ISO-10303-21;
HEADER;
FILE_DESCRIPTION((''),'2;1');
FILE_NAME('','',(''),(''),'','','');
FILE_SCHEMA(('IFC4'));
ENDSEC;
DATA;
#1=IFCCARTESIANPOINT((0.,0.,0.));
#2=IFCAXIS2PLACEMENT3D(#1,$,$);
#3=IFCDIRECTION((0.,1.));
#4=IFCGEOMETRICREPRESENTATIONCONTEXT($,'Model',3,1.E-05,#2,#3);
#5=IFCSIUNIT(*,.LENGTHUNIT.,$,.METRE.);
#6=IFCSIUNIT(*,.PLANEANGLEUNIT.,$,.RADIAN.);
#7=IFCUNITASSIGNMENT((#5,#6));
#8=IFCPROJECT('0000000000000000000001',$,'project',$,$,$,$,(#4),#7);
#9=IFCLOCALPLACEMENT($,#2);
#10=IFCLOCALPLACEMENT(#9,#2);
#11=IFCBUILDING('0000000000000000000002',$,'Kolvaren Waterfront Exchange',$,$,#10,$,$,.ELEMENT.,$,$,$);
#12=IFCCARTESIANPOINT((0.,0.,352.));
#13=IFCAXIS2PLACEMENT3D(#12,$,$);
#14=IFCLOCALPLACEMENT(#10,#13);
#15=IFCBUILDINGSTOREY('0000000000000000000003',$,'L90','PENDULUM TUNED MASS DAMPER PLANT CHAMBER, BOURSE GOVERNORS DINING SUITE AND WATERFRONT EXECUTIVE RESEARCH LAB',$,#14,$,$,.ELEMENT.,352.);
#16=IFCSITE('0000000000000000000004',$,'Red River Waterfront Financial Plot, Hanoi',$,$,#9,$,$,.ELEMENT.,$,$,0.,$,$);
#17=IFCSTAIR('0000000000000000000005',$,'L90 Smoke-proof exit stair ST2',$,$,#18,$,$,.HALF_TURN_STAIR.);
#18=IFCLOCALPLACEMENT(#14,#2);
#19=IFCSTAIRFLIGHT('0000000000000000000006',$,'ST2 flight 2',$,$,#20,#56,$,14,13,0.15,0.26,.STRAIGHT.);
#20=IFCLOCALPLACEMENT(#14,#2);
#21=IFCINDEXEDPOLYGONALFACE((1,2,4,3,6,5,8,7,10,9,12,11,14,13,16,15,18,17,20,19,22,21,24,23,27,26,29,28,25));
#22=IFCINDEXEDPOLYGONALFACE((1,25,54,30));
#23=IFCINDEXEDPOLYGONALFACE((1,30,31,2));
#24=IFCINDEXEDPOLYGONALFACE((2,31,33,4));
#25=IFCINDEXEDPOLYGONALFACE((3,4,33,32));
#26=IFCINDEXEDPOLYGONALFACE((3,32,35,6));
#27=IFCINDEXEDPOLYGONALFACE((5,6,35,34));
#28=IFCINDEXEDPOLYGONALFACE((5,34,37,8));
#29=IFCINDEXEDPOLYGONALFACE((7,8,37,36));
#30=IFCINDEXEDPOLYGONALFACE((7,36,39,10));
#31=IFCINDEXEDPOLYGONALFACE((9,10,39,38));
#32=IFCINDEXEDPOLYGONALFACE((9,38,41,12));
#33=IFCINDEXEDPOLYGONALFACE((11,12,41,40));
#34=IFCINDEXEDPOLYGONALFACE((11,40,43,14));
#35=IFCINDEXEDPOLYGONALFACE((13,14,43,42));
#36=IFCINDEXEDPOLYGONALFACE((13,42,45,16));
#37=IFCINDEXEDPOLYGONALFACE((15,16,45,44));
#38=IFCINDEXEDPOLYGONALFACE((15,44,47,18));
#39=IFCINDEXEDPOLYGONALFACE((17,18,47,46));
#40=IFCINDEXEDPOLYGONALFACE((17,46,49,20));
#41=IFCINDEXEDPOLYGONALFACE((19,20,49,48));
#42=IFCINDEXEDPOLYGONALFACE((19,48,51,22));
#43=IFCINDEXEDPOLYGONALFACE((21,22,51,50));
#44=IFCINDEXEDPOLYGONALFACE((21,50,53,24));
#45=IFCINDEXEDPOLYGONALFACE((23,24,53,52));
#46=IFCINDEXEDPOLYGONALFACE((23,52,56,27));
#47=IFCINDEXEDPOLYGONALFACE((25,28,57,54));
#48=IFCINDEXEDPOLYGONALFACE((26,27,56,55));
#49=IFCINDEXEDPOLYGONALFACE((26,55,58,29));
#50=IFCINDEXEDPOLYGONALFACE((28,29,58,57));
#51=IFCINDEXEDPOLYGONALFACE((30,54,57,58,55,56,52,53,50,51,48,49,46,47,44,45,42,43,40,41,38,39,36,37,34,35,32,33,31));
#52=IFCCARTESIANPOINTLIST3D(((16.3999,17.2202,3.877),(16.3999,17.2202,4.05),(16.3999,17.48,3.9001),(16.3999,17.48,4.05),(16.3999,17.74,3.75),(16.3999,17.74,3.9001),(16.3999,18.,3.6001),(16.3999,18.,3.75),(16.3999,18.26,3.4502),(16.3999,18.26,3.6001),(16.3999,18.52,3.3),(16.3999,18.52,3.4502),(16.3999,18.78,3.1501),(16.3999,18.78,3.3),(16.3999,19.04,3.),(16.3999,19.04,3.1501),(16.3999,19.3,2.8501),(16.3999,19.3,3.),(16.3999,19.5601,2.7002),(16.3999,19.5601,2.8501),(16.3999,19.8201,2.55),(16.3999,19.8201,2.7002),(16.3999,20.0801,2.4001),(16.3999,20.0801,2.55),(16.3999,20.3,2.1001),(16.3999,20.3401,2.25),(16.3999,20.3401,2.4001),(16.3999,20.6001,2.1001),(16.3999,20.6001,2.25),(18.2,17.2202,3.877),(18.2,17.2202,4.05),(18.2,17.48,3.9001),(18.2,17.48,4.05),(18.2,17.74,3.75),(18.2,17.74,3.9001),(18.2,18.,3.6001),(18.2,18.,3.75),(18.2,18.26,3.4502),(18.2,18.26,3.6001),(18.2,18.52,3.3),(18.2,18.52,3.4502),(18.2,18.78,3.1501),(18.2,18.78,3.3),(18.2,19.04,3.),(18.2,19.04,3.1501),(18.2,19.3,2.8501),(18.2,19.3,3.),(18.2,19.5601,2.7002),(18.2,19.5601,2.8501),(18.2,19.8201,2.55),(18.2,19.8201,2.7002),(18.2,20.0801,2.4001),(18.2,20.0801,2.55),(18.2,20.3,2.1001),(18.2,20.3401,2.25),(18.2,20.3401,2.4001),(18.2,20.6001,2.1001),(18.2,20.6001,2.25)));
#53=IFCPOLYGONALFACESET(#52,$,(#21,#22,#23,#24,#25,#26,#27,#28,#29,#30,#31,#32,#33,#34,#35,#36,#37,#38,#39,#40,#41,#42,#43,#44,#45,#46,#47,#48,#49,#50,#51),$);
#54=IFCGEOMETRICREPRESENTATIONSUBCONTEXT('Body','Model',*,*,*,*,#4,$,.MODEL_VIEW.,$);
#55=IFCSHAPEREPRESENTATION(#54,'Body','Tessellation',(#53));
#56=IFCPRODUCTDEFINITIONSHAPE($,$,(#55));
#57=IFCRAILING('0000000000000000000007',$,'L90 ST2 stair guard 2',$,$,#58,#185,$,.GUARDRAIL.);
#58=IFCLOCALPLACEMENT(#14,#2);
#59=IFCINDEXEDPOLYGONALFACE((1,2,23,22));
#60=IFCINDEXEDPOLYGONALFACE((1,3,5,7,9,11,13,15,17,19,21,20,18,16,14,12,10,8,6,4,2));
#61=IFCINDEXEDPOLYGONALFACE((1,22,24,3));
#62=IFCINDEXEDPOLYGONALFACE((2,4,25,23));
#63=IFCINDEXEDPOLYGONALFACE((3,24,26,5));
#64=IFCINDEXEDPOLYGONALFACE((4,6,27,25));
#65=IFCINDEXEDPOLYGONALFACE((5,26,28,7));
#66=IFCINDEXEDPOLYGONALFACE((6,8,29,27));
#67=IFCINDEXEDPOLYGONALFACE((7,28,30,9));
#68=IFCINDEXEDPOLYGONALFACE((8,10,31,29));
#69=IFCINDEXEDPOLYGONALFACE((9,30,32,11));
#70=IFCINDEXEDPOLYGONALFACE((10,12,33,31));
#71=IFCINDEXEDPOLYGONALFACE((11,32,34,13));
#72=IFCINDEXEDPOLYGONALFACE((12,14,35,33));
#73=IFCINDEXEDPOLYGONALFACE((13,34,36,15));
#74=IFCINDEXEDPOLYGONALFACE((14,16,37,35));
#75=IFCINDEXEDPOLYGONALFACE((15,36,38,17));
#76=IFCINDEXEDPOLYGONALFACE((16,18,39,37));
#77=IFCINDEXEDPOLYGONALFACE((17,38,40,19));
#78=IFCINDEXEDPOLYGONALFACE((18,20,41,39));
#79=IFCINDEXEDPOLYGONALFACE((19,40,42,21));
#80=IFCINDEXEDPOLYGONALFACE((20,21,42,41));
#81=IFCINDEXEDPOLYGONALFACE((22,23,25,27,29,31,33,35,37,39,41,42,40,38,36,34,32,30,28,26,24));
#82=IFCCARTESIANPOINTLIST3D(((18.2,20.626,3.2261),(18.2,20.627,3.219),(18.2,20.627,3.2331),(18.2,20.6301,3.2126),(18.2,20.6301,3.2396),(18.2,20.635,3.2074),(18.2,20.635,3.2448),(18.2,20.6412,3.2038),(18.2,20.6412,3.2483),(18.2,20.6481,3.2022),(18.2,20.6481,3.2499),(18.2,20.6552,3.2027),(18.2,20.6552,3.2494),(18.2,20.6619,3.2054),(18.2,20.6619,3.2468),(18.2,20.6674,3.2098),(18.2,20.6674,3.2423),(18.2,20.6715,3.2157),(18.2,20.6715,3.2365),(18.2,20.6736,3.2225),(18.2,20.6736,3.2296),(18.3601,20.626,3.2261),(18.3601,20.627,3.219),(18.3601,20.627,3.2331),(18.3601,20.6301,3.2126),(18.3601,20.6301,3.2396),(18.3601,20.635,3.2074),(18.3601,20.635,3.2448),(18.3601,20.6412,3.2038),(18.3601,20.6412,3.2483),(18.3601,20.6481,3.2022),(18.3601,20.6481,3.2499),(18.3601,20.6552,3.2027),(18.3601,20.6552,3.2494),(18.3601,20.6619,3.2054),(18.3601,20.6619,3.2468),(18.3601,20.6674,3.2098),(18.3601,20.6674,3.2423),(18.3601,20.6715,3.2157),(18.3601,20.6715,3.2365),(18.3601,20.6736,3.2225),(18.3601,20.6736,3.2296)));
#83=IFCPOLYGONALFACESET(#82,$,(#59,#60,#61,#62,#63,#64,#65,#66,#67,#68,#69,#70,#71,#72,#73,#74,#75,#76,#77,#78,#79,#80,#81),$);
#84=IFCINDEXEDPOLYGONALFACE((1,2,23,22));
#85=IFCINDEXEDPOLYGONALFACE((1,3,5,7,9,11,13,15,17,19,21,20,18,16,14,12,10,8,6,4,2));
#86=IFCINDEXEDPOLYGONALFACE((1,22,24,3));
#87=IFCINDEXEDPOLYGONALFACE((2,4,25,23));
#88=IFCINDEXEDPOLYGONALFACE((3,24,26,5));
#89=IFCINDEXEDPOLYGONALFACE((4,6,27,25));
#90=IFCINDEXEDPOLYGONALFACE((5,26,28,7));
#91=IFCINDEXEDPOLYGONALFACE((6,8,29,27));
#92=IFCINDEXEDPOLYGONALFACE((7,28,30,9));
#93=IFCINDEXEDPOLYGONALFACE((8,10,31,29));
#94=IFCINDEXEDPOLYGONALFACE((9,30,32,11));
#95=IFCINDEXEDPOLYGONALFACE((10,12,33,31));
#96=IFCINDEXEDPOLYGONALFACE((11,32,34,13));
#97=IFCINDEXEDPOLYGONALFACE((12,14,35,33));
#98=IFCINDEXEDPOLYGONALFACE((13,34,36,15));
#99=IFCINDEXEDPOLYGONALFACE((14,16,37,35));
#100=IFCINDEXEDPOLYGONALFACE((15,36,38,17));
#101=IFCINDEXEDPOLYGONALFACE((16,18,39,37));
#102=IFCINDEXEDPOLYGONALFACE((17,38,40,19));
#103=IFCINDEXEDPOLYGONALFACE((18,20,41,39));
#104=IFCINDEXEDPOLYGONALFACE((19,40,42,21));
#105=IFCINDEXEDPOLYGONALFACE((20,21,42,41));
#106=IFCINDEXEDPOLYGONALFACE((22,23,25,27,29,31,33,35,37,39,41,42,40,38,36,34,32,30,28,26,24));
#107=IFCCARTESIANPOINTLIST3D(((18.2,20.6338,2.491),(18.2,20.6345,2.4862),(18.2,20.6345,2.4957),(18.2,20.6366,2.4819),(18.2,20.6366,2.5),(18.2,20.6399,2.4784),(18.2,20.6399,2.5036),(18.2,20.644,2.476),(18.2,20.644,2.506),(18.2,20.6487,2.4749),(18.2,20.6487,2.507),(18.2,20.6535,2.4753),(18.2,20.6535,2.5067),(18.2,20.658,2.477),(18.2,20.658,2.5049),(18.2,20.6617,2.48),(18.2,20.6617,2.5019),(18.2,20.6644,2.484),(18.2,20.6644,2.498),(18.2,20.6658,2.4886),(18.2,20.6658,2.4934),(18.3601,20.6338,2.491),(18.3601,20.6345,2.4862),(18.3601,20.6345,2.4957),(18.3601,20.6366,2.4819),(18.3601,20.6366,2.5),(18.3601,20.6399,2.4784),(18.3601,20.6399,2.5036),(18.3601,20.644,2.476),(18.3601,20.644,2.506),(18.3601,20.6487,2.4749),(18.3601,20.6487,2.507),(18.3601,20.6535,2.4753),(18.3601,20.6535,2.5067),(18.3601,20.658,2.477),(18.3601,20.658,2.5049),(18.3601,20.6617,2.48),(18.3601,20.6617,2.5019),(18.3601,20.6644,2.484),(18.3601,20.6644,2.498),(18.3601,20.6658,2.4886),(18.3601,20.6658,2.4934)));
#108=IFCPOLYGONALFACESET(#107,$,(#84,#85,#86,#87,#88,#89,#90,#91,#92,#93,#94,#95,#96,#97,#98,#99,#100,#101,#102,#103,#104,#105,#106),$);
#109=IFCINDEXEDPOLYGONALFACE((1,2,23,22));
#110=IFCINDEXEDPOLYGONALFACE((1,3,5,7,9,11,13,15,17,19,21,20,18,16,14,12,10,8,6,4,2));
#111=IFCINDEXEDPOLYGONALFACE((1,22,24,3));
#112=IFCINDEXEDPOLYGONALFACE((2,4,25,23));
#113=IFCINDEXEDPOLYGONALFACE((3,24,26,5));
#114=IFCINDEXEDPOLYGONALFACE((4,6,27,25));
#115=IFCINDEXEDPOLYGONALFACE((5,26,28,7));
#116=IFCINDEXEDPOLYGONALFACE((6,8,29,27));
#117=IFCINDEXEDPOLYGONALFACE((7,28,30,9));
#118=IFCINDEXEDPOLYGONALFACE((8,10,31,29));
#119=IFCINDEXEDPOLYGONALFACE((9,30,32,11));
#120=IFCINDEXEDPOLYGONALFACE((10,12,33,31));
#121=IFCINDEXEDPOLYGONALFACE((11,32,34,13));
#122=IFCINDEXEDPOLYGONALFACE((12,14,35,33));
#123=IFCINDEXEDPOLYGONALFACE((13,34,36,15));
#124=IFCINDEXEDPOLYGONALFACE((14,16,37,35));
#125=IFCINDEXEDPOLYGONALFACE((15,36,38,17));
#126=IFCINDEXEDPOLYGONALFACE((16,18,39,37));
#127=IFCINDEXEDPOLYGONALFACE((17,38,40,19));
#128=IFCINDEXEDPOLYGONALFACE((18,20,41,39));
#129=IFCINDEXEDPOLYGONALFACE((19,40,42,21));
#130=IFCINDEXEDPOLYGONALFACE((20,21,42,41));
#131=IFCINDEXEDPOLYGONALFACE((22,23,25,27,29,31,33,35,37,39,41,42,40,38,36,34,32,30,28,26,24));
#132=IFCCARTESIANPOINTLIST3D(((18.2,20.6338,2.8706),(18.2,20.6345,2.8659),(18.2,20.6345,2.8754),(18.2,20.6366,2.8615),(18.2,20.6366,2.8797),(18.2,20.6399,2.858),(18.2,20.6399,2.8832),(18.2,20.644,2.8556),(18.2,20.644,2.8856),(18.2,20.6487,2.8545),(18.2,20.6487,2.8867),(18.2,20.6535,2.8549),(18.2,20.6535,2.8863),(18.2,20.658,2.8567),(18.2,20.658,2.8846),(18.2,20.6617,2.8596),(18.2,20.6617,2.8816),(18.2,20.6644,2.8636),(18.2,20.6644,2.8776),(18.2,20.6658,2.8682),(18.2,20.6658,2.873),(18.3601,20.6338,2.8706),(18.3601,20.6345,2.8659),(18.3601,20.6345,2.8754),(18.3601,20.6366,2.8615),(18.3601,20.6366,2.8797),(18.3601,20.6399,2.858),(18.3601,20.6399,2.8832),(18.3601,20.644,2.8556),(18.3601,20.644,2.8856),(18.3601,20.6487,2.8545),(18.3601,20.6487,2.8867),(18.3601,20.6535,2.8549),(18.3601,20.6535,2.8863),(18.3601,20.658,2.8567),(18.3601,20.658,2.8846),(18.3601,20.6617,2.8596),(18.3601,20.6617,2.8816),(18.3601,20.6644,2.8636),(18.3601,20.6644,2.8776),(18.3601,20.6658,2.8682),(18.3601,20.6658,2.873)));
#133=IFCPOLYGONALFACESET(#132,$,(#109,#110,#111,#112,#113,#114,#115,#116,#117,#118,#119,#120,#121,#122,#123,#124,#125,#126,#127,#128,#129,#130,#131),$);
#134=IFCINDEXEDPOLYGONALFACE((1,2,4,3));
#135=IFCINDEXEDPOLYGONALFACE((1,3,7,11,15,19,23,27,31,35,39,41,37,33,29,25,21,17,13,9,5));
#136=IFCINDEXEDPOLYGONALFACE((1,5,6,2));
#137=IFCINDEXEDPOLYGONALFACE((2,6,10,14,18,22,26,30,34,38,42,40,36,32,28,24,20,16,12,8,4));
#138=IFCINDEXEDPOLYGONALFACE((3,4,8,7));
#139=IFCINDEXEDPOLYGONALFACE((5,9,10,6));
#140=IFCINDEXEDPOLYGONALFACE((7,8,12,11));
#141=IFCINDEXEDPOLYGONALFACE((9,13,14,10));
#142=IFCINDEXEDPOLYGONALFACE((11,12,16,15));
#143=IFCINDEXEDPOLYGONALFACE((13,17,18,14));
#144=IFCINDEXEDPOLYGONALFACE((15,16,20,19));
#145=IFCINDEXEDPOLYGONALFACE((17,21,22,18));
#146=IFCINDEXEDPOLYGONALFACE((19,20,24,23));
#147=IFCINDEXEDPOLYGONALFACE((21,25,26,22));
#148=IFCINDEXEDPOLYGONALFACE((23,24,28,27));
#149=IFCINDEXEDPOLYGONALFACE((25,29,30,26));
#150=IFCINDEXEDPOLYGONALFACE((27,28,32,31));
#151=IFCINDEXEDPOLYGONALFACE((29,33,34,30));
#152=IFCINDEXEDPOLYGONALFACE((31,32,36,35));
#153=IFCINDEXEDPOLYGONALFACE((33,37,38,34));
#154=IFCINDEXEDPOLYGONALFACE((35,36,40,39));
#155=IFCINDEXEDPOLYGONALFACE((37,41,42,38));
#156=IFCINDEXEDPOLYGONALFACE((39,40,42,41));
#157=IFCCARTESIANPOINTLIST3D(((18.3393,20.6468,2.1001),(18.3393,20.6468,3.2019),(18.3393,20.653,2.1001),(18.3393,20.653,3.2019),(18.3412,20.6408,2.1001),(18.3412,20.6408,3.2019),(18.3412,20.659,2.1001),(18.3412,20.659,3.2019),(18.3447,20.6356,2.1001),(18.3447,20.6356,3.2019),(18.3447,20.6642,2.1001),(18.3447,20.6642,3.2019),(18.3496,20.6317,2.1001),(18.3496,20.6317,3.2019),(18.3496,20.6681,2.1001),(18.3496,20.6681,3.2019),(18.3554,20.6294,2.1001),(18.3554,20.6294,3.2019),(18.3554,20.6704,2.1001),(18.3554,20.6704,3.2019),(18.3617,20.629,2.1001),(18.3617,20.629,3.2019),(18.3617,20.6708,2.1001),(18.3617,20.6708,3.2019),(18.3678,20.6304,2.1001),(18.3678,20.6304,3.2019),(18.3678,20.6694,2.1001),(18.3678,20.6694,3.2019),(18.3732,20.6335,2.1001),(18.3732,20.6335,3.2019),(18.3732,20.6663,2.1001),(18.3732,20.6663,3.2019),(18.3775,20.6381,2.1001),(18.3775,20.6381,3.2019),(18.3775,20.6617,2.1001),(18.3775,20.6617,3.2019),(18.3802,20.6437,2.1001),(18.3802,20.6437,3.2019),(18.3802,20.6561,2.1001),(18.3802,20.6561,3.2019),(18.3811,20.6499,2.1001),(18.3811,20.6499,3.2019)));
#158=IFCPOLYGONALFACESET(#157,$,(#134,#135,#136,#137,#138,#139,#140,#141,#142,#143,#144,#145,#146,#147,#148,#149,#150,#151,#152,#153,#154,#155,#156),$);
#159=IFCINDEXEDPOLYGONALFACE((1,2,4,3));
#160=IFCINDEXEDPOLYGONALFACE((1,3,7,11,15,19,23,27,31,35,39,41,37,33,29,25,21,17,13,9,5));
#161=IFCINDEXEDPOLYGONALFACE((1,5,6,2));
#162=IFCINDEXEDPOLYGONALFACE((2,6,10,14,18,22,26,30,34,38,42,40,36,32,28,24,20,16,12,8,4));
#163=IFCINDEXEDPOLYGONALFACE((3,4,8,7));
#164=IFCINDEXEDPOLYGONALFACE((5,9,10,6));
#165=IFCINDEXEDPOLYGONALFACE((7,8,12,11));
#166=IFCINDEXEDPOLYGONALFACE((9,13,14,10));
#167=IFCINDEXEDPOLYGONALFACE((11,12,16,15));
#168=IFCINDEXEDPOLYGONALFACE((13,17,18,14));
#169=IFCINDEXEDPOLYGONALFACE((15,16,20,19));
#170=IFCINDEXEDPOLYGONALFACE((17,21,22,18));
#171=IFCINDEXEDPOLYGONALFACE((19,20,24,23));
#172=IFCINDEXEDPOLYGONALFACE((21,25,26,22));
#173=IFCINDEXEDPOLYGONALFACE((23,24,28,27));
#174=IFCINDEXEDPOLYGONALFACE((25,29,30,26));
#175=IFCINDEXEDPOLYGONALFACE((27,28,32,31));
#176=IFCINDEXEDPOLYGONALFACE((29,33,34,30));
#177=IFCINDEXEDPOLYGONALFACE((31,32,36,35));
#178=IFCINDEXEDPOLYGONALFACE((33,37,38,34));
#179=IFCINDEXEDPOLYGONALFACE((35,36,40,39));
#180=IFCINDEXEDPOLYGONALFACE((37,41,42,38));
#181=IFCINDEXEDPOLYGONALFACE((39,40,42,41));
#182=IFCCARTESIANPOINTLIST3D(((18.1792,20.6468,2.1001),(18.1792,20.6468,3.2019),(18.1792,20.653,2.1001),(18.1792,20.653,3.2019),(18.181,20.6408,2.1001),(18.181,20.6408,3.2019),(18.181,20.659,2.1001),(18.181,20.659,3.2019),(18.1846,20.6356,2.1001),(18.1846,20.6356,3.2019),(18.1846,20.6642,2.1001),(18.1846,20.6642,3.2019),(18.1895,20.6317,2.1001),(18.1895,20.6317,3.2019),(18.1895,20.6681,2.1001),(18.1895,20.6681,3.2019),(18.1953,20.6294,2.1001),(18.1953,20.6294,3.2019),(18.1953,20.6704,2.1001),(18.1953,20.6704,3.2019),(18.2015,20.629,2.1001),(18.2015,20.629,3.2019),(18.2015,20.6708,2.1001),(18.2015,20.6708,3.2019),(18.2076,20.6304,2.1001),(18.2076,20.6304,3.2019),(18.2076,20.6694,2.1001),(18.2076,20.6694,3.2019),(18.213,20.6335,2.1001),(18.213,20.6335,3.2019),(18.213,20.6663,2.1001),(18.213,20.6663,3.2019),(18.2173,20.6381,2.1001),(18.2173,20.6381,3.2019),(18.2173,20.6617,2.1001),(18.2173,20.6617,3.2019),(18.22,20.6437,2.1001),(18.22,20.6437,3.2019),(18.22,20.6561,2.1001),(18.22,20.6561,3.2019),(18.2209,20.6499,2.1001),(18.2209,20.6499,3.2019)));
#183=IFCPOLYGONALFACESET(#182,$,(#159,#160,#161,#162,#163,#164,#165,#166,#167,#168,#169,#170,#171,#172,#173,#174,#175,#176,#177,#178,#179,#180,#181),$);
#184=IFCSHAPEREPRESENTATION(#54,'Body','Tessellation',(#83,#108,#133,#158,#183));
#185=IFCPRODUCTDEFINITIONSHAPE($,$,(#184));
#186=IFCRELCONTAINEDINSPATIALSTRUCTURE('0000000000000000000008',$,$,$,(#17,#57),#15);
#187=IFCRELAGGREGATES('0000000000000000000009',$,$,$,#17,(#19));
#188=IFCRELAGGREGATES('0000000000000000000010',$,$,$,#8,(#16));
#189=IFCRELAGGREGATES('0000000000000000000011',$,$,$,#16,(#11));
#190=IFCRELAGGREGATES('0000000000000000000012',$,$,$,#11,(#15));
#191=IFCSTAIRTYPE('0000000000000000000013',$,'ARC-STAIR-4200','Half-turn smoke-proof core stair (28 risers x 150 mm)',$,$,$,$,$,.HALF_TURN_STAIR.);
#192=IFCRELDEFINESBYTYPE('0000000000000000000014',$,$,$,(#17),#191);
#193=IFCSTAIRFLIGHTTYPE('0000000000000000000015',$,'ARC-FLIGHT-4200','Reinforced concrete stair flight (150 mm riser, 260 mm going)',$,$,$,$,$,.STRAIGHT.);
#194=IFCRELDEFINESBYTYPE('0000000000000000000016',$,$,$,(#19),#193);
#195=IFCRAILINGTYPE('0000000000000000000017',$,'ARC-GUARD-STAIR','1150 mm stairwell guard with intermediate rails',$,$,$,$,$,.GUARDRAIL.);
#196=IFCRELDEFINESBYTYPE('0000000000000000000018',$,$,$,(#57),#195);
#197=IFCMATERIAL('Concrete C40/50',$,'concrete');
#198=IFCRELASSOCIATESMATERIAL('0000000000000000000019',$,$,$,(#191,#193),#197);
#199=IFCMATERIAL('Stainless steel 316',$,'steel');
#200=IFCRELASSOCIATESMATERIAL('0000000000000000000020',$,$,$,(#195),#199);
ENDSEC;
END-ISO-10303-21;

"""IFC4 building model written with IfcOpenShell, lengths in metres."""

from ifc_helpers import new_model, si_unit, direction, frame, origin, origin_2d, place, context, subcontext, project, spatial, polyline, circle, outline, extrude, material, type_object, element, aggregate, save


model = new_model("IFC4")

# Units and contexts
model_context = context("Model", 3, precision=1e-05, world=origin(), true_north=direction((0.0, 1.0)))
body_context = subcontext(model_context, "Body", "Model", "MODEL_VIEW")
ifc_project = project(units=[si_unit("LENGTHUNIT", "METRE"), si_unit("PLANEANGLEUNIT", "RADIAN")], contexts=[model_context])

# Site, building, storey
site_placement = place(None, origin())
site = spatial("IfcSite", under=ifc_project, at=site_placement, Name="Red River Waterfront Financial Plot, Hanoi", CompositionType="ELEMENT", RefElevation=0.0)
building_placement = place(site_placement, origin())
building = spatial("IfcBuilding", under=site, at=building_placement, Name="Kolvaren Waterfront Exchange", CompositionType="ELEMENT")
storey_placement = place(building_placement, frame((0.0, 0.0, 352.0)))
storey = spatial("IfcBuildingStorey", under=building, at=storey_placement, Name="L90", Description="PENDULUM TUNED MASS DAMPER PLANT CHAMBER, BOURSE GOVERNORS DINING SUITE AND WATERFRONT EXECUTIVE RESEARCH LAB", CompositionType="ELEMENT", Elevation=352.0)

# Shared definitions
ifc_material_1 = material(Name="Concrete C40/50", Category="concrete")

# Stair, stair flight
stair_type = type_object("IfcStairType", Name="ARC-STAIR-4200", Description="Half-turn smoke-proof core stair (28 risers x 150 mm)", PredefinedType="HALF_TURN_STAIR", material=ifc_material_1)
stair_placement = place(storey_placement, origin())
stair = element("IfcStair", 1, at=stair_placement, inside=storey, type_object=stair_type, Name="L90 Smoke-proof exit stair ST2", PredefinedType="HALF_TURN_STAIR")
stair_flight_type = type_object("IfcStairFlightType", Name="ARC-FLIGHT-4200", Description="Reinforced concrete stair flight (150 mm riser, 260 mm going)", PredefinedType="STRAIGHT", material=ifc_material_1)
stair_flight_placement = place(storey_placement, frame((17.3, 20.6001, 2.1001), z_axis=(0.0, 0.0, 1.0), x_axis=(0.0, -1.0, 0.0)))
stair_flight = element("IfcStairFlight", 2, at=stair_flight_placement, type_object=stair_flight_type, Name="ST2 flight 2", NumberOfRisers=14, NumberOfTreads=13, PredefinedType="STRAIGHT", RiserHeight=0.15, TreadLength=0.26, context=body_context, shape_type="SweptSolid", body=[
    extrude(outline(polyline([(0.0, 0.0), (0.0, 0.1499), (0.26, 0.1499), (0.26, 0.3), (0.52, 0.3), (0.52, 0.45), (0.78, 0.45), (0.78, 0.6001), (1.04, 0.6001), (1.04, 0.75), (1.3, 0.75), (1.3, 0.8999), (1.5601, 0.8999), (1.5601, 1.05), (1.8201, 1.05), (1.8201, 1.2), (2.0801, 1.2), (2.0801, 1.3501), (2.3401, 1.3501), (2.3401, 1.5), (2.6001, 1.5), (2.6001, 1.6499), (2.8601, 1.6499), (2.8601, 1.8), (3.1201, 1.8), (3.1201, 1.95), (3.3799, 1.95), (3.3799, 2.1001), (3.3799, 1.7769), (0.3, 0.0), (0.0, 0.0)])), frame((0.0, 0.8999, 0.0), z_axis=(0.0, -1.0, 0.0), x_axis=(1.0, 0.0, 0.0)), (0.0, 0.0, 1.0), 1.8),
])
aggregate(stair, [stair_flight])

# Railing
ifc_material_2 = material(Name="Stainless steel 316", Category="steel")
railing_type_1 = type_object("IfcRailingType", Name="ARC-GUARD-STAIR", Description="1150 mm stairwell guard with intermediate rails", PredefinedType="GUARDRAIL", material=ifc_material_2)
railing_1_placement = place(storey_placement, frame((18.3601, 20.6499, 2.1001)))
element("IfcRailing", 3, at=railing_1_placement, inside=storey, type_object=railing_type_1, Name="L90 ST2 stair guard 2", PredefinedType="GUARDRAIL", context=body_context, shape_type="SweptSolid", body=[
    extrude(circle(Radius=0.0239, at=origin_2d()), frame((0.0, 0.0, 1.126), z_axis=(-1.0, 0.0, 0.0), x_axis=(0.0, -1.0, 0.0)), (0.0, 0.0, 1.0), 0.1602),
    extrude(circle(Radius=0.0161, at=origin_2d()), frame((0.0, 0.0, 0.3909), z_axis=(-1.0, 0.0, 0.0), x_axis=(0.0, -1.0, 0.0)), (0.0, 0.0, 1.0), 0.1602),
    extrude(circle(Radius=0.0161, at=origin_2d()), frame((0.0, 0.0, 0.7705), z_axis=(-1.0, 0.0, 0.0), x_axis=(0.0, -1.0, 0.0)), (0.0, 0.0, 1.0), 0.1602),
    extrude(circle(Radius=0.021, at=origin_2d()), origin(), (0.0, 0.0, 1.0), 1.1018),
    extrude(circle(Radius=0.021, at=origin_2d()), frame((-0.1602, 0.0, 0.0)), (0.0, 0.0, 1.0), 1.1018),
])

save(model, "model.ifc")
